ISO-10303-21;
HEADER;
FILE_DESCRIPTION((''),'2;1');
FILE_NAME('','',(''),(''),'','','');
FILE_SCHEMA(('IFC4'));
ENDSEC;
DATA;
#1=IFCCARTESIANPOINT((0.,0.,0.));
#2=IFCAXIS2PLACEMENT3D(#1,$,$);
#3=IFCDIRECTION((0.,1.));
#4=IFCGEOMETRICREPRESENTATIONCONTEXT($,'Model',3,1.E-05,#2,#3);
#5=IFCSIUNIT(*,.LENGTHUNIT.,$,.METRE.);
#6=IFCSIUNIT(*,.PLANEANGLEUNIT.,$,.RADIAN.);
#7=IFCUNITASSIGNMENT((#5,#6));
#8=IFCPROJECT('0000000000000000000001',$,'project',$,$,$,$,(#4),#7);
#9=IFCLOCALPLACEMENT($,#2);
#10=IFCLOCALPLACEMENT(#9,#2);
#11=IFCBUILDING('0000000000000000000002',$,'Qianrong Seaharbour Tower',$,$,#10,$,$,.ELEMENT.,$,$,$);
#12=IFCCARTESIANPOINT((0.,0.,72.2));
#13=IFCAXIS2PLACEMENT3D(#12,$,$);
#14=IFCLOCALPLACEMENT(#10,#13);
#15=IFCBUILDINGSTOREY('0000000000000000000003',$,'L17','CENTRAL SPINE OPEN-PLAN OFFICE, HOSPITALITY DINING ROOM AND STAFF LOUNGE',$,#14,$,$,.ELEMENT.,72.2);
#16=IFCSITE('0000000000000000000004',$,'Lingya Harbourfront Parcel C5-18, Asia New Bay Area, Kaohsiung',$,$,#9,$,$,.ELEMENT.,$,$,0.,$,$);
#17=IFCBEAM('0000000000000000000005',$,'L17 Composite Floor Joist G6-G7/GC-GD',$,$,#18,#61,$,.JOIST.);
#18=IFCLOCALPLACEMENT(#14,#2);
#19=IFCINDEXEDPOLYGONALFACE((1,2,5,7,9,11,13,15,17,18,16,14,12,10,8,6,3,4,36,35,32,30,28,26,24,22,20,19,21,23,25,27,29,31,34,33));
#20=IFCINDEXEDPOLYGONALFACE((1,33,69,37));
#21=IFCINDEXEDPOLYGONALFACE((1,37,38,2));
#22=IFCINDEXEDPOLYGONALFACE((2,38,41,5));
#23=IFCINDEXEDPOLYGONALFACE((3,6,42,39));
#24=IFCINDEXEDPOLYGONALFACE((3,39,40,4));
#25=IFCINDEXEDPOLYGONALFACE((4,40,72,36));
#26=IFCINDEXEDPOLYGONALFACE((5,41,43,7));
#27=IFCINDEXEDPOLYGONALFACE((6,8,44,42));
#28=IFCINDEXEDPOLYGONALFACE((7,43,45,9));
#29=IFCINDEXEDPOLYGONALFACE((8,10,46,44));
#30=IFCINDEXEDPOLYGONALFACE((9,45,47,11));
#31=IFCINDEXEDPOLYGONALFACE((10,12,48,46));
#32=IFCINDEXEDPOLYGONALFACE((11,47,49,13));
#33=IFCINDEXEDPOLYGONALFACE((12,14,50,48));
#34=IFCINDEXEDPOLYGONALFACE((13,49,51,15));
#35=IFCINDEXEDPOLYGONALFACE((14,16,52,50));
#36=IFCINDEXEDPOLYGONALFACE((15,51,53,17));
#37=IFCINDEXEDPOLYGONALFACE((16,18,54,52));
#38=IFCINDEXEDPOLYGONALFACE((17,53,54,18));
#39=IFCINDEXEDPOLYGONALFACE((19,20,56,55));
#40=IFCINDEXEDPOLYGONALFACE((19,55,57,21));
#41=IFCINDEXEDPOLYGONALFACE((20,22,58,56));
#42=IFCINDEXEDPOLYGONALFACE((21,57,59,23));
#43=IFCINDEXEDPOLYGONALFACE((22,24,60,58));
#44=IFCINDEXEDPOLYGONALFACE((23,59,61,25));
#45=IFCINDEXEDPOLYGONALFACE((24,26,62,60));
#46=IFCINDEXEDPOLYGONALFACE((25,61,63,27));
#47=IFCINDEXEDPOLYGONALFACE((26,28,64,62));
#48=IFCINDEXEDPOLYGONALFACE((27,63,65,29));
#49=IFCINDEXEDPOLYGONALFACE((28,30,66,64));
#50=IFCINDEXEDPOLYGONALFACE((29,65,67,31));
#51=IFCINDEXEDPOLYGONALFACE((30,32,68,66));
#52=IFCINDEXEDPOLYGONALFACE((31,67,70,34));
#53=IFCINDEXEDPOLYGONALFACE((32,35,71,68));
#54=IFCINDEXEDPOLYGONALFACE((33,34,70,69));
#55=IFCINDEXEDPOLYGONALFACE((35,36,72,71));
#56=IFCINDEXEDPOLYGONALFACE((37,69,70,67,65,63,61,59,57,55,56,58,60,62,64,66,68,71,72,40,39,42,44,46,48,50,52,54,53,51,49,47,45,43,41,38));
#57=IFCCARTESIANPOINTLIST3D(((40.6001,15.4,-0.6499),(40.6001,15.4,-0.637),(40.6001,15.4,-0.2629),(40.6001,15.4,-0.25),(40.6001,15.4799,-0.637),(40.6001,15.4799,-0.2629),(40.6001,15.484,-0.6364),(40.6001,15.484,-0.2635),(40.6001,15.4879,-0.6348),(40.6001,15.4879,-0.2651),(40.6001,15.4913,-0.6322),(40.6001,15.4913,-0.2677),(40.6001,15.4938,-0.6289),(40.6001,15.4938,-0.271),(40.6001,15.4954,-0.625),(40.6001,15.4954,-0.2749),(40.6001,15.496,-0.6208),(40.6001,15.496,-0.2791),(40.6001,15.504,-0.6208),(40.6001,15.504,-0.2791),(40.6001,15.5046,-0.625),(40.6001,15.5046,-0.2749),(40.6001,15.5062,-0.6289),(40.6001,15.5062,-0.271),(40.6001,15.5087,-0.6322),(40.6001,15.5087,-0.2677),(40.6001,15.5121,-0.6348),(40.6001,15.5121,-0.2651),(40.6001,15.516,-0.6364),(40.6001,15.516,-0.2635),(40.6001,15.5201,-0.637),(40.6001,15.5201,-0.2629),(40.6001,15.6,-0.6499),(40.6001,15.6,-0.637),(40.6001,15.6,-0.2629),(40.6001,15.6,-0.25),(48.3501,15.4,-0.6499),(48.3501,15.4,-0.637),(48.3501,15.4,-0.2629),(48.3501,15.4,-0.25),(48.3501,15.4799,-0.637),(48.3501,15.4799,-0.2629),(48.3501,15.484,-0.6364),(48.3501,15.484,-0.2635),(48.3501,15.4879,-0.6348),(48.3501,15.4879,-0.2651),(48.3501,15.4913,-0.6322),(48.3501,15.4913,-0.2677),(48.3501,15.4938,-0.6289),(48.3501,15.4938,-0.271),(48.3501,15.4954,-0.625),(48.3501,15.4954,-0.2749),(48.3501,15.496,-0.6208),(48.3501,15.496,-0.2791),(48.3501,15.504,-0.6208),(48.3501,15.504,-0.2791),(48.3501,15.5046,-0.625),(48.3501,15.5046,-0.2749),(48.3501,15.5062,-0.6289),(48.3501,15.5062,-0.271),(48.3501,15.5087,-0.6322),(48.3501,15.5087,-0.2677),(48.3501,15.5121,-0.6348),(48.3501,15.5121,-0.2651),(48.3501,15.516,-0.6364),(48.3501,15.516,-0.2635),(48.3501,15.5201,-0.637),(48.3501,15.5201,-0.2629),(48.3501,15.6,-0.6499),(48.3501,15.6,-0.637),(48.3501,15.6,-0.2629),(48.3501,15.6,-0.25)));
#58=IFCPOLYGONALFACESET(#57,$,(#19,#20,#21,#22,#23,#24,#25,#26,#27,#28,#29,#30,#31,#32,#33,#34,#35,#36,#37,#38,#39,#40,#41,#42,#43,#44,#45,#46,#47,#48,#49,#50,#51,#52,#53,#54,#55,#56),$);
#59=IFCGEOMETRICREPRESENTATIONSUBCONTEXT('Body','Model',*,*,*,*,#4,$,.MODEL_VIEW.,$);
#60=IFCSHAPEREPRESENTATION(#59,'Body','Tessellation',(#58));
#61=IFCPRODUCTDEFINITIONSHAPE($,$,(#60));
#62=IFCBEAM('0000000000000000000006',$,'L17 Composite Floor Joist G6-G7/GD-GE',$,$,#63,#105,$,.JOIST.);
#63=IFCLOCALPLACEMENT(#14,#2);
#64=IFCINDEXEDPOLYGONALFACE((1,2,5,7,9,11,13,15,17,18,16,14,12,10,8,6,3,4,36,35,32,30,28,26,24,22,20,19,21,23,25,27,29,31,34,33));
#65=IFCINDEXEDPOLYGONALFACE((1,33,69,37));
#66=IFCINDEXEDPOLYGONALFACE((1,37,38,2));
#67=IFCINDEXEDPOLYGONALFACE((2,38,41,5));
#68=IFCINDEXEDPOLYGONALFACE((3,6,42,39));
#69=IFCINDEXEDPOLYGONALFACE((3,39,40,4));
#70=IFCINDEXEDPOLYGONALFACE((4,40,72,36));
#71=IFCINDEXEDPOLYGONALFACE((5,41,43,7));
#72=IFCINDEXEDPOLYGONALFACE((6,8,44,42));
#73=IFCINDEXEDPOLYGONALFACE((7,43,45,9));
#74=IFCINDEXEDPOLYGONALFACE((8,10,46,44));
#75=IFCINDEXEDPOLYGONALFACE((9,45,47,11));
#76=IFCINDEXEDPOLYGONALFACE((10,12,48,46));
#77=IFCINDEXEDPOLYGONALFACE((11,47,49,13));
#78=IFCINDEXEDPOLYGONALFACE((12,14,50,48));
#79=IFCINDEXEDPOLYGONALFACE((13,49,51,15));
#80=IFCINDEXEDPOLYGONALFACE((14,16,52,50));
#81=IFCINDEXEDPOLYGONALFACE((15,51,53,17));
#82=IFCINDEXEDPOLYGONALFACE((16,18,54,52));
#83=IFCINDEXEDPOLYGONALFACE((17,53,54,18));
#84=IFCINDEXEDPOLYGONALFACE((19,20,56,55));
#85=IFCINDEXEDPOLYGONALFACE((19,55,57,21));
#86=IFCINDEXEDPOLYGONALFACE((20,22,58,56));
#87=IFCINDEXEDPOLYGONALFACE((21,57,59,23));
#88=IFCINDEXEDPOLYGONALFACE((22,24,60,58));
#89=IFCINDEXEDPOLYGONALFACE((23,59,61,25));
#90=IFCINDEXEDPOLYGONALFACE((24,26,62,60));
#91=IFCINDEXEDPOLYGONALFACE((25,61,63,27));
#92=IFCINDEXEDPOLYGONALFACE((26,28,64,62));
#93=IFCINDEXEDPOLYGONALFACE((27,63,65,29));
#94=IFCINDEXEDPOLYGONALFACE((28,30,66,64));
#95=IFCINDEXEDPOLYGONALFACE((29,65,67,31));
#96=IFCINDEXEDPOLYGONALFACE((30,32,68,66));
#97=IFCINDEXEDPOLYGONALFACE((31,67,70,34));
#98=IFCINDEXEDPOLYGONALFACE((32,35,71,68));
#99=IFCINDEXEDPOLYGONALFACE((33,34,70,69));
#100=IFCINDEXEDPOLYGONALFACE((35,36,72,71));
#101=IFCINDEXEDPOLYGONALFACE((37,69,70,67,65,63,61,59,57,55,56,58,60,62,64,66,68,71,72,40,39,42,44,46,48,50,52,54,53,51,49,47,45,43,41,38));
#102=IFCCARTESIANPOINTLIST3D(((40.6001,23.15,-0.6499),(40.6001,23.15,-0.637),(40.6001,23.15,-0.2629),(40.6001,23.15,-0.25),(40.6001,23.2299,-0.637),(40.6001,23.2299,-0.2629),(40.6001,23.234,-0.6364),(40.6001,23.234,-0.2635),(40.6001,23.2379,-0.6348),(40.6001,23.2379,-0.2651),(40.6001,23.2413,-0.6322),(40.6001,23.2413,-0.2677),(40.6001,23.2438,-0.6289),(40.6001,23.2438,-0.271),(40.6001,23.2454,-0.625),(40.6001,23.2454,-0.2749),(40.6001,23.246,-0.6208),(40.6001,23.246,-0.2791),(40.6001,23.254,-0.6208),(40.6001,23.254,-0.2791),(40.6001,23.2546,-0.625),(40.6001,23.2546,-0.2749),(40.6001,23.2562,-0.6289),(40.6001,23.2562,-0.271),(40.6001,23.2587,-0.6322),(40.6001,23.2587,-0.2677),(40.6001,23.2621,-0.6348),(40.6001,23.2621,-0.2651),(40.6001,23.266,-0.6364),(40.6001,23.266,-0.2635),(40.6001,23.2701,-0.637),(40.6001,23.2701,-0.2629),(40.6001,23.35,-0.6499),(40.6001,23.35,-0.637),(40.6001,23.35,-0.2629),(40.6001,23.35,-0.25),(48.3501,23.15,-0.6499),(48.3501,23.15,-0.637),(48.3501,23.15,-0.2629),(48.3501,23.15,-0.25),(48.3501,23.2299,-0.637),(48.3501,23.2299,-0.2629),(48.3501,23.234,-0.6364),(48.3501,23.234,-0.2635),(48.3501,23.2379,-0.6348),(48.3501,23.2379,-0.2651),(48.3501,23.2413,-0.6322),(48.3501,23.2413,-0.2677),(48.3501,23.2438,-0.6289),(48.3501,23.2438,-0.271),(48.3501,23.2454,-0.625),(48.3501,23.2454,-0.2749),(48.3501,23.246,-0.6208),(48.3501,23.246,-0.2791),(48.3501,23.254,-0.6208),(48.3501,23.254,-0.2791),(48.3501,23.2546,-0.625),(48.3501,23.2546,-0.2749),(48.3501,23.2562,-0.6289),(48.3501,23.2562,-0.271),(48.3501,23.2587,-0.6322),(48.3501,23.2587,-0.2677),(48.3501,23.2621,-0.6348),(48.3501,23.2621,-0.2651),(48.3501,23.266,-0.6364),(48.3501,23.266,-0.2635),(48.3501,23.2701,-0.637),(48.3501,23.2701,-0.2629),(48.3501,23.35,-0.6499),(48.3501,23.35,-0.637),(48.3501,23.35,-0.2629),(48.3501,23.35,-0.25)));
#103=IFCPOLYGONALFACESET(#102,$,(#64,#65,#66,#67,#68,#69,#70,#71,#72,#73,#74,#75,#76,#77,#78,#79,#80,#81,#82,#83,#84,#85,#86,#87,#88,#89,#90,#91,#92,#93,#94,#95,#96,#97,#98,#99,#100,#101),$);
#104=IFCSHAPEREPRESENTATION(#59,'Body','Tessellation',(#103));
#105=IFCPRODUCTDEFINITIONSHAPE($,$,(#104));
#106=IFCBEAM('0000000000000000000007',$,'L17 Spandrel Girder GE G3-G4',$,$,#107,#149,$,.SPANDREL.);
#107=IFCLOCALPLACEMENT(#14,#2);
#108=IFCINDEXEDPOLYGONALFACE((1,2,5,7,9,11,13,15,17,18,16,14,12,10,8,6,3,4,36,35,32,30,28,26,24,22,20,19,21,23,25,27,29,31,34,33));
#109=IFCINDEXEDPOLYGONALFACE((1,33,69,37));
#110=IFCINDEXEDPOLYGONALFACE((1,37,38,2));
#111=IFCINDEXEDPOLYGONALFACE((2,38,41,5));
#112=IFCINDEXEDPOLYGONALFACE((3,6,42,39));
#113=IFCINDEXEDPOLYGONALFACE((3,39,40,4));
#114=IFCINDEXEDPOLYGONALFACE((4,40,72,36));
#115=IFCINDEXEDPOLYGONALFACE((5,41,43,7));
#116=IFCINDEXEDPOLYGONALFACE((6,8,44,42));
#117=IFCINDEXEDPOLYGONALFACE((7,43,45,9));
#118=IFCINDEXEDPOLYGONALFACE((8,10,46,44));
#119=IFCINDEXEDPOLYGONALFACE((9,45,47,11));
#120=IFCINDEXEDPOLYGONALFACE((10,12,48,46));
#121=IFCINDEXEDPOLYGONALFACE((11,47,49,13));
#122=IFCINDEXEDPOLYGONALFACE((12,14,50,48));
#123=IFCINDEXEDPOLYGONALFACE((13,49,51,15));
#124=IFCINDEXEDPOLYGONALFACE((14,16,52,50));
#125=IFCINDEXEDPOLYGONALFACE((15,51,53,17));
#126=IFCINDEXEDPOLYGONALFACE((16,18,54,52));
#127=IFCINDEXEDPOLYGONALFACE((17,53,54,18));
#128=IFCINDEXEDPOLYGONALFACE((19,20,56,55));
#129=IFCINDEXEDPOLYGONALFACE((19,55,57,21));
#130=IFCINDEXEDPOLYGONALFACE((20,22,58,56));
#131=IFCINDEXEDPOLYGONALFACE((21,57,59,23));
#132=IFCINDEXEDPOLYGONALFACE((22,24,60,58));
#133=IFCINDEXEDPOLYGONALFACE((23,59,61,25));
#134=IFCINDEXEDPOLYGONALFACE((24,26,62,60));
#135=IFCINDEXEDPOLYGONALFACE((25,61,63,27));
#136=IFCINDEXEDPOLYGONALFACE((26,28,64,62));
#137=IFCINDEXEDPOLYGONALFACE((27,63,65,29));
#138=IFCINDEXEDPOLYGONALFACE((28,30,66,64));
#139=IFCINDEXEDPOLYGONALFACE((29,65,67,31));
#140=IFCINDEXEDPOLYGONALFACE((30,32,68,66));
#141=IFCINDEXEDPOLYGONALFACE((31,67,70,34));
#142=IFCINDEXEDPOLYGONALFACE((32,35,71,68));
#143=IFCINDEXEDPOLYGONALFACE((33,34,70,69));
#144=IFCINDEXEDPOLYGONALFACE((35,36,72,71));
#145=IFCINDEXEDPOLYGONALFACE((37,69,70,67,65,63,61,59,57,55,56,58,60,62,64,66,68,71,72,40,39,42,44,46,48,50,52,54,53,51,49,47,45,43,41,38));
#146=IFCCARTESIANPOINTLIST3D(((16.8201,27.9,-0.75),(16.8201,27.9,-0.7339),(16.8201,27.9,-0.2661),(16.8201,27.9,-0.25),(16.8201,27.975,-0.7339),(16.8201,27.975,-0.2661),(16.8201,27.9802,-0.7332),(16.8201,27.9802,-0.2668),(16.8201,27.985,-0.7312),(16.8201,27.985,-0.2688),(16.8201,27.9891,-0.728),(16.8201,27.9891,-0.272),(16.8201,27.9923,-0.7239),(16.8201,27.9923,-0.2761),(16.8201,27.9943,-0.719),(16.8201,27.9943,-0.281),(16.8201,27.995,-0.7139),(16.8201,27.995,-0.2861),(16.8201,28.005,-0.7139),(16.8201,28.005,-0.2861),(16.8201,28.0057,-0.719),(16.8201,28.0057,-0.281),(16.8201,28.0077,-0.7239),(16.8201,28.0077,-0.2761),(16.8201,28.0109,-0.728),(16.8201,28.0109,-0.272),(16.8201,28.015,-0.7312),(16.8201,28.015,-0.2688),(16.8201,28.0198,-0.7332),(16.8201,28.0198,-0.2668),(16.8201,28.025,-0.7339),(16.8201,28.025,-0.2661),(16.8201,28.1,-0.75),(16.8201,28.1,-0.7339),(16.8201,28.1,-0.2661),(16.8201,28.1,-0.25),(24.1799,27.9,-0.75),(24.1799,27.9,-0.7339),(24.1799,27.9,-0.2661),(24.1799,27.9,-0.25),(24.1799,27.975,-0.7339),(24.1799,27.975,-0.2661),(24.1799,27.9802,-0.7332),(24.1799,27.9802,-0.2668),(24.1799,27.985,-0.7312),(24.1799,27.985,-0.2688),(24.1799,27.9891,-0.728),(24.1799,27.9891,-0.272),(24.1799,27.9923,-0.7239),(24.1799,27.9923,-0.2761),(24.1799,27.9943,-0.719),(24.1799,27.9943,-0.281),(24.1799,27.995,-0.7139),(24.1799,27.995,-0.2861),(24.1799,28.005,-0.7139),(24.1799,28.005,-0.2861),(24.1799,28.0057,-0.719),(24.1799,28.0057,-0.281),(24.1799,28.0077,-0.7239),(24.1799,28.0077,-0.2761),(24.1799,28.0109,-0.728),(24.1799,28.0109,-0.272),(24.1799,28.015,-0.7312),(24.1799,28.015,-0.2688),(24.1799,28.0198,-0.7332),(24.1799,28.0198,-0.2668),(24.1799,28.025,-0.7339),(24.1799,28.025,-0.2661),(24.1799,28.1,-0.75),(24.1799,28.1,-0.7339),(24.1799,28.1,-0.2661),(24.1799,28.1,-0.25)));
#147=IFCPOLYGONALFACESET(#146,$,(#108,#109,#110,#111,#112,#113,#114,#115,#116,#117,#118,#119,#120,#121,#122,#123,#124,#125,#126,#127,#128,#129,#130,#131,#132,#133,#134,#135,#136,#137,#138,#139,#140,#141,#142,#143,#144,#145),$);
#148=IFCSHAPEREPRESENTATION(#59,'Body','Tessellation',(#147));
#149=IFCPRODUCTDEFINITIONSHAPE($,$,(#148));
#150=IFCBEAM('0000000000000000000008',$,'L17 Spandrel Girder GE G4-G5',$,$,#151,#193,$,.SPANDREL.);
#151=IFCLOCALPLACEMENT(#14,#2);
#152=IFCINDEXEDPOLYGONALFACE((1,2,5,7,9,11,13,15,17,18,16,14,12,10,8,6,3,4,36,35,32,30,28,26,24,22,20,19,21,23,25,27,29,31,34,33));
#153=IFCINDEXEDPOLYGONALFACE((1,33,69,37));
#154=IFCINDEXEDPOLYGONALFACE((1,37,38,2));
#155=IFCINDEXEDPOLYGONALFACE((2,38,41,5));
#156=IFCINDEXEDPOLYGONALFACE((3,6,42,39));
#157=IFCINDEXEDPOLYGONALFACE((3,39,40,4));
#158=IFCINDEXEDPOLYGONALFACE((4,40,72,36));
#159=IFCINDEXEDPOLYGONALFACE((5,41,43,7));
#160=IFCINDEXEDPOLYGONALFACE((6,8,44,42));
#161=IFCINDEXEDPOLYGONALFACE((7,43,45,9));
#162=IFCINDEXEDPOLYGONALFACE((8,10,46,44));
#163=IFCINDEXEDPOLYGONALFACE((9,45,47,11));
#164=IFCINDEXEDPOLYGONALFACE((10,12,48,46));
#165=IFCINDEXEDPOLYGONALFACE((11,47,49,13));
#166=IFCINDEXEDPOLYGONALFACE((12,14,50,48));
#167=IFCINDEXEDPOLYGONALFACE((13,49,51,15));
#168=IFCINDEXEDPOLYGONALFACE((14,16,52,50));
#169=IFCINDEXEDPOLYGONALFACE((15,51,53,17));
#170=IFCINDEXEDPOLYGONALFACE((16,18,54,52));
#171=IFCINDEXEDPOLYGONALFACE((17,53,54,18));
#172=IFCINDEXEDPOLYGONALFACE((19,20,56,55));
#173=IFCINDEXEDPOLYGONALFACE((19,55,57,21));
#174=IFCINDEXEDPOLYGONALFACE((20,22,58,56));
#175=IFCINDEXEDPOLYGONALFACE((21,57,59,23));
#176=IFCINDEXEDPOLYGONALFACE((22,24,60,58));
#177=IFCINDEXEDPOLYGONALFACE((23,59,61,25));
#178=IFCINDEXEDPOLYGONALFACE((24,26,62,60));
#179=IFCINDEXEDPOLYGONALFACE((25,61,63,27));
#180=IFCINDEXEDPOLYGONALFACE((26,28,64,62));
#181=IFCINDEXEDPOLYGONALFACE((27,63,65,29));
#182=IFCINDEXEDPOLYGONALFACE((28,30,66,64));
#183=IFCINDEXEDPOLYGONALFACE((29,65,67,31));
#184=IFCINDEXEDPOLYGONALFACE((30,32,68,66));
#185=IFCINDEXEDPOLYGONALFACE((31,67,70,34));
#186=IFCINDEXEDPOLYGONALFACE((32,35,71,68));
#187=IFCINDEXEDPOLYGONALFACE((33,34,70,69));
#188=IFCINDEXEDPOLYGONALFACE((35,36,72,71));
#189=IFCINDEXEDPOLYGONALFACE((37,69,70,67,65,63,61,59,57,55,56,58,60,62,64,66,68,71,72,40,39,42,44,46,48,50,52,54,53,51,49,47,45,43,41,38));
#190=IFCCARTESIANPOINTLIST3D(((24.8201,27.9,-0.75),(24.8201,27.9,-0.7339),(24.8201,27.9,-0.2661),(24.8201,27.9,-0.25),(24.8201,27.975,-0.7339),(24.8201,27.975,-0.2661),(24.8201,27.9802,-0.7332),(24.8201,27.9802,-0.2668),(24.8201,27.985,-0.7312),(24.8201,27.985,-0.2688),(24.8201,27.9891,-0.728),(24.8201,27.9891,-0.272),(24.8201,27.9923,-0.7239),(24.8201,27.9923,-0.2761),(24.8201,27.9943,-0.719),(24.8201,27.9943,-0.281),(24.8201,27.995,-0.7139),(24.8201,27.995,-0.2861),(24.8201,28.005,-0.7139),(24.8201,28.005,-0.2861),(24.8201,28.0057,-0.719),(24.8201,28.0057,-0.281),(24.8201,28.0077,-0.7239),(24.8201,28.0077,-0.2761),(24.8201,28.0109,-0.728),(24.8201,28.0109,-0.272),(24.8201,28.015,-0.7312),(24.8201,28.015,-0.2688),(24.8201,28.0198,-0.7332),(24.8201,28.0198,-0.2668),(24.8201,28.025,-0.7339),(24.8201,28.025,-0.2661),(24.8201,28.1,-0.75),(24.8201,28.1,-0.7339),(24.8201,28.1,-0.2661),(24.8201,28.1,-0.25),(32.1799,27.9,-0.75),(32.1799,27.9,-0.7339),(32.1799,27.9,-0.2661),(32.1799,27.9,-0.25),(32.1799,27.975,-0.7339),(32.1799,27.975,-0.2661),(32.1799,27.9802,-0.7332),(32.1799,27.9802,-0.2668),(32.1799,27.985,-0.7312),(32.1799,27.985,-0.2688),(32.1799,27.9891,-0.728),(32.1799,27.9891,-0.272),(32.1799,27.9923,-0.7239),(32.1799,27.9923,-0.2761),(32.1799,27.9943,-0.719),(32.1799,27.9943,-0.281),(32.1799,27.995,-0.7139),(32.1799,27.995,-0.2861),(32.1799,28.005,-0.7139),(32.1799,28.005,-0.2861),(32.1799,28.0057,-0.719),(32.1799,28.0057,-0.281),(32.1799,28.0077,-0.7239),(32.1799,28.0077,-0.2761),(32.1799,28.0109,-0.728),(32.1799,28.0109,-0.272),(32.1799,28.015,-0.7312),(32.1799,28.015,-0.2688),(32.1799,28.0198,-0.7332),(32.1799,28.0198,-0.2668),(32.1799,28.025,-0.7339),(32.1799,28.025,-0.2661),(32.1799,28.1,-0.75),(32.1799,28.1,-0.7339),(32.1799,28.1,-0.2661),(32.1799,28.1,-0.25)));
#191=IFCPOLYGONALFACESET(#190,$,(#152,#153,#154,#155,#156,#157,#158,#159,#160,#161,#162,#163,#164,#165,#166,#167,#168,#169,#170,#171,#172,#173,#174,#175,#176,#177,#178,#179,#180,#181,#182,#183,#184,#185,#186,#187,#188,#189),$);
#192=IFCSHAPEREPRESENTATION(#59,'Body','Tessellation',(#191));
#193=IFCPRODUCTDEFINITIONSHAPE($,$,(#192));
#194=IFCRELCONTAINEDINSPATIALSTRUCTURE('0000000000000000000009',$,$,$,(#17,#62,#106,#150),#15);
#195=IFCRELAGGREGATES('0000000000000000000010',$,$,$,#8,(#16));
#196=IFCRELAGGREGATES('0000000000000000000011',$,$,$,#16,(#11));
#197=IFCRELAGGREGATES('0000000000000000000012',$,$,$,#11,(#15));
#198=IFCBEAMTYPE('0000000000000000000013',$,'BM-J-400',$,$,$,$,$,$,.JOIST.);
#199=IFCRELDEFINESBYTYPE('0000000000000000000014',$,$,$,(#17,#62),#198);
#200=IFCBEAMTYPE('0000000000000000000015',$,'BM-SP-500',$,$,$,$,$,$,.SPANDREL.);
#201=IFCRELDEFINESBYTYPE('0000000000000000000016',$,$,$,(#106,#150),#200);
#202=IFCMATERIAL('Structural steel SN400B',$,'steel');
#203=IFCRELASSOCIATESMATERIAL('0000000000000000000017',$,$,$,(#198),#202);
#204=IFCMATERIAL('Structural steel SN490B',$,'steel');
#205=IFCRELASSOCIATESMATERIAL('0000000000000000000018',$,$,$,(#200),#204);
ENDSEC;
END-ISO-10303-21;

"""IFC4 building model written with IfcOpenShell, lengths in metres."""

from ifc_helpers import new_model, si_unit, direction, frame, origin, origin_2d, place, context, subcontext, project, spatial, i_section, extrude, material, material_profile, profile_set, type_object, element, save


model = new_model("IFC4")

# Units and contexts
model_context = context("Model", 3, precision=1e-05, world=origin(), true_north=direction((0.0, 1.0)))
body_context = subcontext(model_context, "Body", "Model", "MODEL_VIEW")
ifc_project = project(units=[si_unit("LENGTHUNIT", "METRE"), si_unit("PLANEANGLEUNIT", "RADIAN")], contexts=[model_context])

# Site, building, storey
site_placement = place(None, origin())
site = spatial("IfcSite", under=ifc_project, at=site_placement, Name="Lingya Harbourfront Parcel C5-18, Asia New Bay Area, Kaohsiung", CompositionType="ELEMENT", RefElevation=0.0)
building_placement = place(site_placement, origin())
building = spatial("IfcBuilding", under=site, at=building_placement, Name="Qianrong Seaharbour Tower", CompositionType="ELEMENT")
storey_placement = place(building_placement, frame((0.0, 0.0, 72.2)))
storey = spatial("IfcBuildingStorey", under=building, at=storey_placement, Name="L17", Description="CENTRAL SPINE OPEN-PLAN OFFICE, HOSPITALITY DINING ROOM AND STAFF LOUNGE", CompositionType="ELEMENT", Elevation=72.2)

# Shared definitions
ifc_material_1 = material(Name="Structural steel SN490B", Category="steel")

# Beams
ifc_material_2 = material(Name="Structural steel SN400B", Category="steel")
ifc_material_profile_1 = material_profile(ifc_material_2, i_section(OverallWidth=0.2, OverallDepth=0.3999, WebThickness=0.0081, FlangeThickness=0.0129, FilletRadius=0.0161, at=origin_2d()), Name="H400x200x8x13")
ifc_profile_set_1 = profile_set([ifc_material_profile_1], Name="Structural steel SN400B")
beam_type_1 = type_object("IfcBeamType", Name="BM-J-400", PredefinedType="JOIST", material=ifc_profile_set_1)
for number, where, z_axis, x_axis, name in (
    (1, (40.6001, 15.5, -0.45), (1.0, 0.0, 0.0), (0.0, 1.0, 0.0), "L17 Composite Floor Joist G6-G7/GC-GD"),
    (2, (40.6001, 23.25, -0.45), (1.0, 0.0, 0.0), (0.0, 1.0, 0.0), "L17 Composite Floor Joist G6-G7/GD-GE"),
):
    element("IfcBeam", number, at=place(storey_placement, frame(where, z_axis=z_axis, x_axis=x_axis)), inside=storey, type_object=beam_type_1, Name=name, PredefinedType="JOIST", context=body_context, shape_type="SweptSolid", body=[
        extrude(i_section(OverallWidth=0.2, OverallDepth=0.3999, WebThickness=0.0081, FlangeThickness=0.0129, FilletRadius=0.0161, at=origin_2d()), origin(), (0.0, 0.0, 1.0), 7.75),
    ])
ifc_material_profile_2 = material_profile(ifc_material_1, i_section(OverallWidth=0.2, OverallDepth=0.5, WebThickness=0.01, FlangeThickness=0.0161, FilletRadius=0.02, at=origin_2d()), Name="H500x200x10x16")
ifc_profile_set_2 = profile_set([ifc_material_profile_2], Name="Structural steel SN490B")
beam_type_2 = type_object("IfcBeamType", Name="BM-SP-500", PredefinedType="SPANDREL", material=ifc_profile_set_2)
for number, where, z_axis, x_axis, name in (
    (3, (16.8201, 28.0, -0.5), (1.0, 0.0, 0.0), (0.0, 1.0, 0.0), "L17 Spandrel Girder GE G3-G4"),
    (4, (24.8201, 28.0, -0.5), (1.0, 0.0, 0.0), (0.0, 1.0, 0.0), "L17 Spandrel Girder GE G4-G5"),
):
    element("IfcBeam", number, at=place(storey_placement, frame(where, z_axis=z_axis, x_axis=x_axis)), inside=storey, type_object=beam_type_2, Name=name, PredefinedType="SPANDREL", context=body_context, shape_type="SweptSolid", body=[
        extrude(i_section(OverallWidth=0.2, OverallDepth=0.5, WebThickness=0.01, FlangeThickness=0.0161, FilletRadius=0.02, at=origin_2d()), origin(), (0.0, 0.0, 1.0), 7.3599),
    ])

save(model, "model.ifc")
